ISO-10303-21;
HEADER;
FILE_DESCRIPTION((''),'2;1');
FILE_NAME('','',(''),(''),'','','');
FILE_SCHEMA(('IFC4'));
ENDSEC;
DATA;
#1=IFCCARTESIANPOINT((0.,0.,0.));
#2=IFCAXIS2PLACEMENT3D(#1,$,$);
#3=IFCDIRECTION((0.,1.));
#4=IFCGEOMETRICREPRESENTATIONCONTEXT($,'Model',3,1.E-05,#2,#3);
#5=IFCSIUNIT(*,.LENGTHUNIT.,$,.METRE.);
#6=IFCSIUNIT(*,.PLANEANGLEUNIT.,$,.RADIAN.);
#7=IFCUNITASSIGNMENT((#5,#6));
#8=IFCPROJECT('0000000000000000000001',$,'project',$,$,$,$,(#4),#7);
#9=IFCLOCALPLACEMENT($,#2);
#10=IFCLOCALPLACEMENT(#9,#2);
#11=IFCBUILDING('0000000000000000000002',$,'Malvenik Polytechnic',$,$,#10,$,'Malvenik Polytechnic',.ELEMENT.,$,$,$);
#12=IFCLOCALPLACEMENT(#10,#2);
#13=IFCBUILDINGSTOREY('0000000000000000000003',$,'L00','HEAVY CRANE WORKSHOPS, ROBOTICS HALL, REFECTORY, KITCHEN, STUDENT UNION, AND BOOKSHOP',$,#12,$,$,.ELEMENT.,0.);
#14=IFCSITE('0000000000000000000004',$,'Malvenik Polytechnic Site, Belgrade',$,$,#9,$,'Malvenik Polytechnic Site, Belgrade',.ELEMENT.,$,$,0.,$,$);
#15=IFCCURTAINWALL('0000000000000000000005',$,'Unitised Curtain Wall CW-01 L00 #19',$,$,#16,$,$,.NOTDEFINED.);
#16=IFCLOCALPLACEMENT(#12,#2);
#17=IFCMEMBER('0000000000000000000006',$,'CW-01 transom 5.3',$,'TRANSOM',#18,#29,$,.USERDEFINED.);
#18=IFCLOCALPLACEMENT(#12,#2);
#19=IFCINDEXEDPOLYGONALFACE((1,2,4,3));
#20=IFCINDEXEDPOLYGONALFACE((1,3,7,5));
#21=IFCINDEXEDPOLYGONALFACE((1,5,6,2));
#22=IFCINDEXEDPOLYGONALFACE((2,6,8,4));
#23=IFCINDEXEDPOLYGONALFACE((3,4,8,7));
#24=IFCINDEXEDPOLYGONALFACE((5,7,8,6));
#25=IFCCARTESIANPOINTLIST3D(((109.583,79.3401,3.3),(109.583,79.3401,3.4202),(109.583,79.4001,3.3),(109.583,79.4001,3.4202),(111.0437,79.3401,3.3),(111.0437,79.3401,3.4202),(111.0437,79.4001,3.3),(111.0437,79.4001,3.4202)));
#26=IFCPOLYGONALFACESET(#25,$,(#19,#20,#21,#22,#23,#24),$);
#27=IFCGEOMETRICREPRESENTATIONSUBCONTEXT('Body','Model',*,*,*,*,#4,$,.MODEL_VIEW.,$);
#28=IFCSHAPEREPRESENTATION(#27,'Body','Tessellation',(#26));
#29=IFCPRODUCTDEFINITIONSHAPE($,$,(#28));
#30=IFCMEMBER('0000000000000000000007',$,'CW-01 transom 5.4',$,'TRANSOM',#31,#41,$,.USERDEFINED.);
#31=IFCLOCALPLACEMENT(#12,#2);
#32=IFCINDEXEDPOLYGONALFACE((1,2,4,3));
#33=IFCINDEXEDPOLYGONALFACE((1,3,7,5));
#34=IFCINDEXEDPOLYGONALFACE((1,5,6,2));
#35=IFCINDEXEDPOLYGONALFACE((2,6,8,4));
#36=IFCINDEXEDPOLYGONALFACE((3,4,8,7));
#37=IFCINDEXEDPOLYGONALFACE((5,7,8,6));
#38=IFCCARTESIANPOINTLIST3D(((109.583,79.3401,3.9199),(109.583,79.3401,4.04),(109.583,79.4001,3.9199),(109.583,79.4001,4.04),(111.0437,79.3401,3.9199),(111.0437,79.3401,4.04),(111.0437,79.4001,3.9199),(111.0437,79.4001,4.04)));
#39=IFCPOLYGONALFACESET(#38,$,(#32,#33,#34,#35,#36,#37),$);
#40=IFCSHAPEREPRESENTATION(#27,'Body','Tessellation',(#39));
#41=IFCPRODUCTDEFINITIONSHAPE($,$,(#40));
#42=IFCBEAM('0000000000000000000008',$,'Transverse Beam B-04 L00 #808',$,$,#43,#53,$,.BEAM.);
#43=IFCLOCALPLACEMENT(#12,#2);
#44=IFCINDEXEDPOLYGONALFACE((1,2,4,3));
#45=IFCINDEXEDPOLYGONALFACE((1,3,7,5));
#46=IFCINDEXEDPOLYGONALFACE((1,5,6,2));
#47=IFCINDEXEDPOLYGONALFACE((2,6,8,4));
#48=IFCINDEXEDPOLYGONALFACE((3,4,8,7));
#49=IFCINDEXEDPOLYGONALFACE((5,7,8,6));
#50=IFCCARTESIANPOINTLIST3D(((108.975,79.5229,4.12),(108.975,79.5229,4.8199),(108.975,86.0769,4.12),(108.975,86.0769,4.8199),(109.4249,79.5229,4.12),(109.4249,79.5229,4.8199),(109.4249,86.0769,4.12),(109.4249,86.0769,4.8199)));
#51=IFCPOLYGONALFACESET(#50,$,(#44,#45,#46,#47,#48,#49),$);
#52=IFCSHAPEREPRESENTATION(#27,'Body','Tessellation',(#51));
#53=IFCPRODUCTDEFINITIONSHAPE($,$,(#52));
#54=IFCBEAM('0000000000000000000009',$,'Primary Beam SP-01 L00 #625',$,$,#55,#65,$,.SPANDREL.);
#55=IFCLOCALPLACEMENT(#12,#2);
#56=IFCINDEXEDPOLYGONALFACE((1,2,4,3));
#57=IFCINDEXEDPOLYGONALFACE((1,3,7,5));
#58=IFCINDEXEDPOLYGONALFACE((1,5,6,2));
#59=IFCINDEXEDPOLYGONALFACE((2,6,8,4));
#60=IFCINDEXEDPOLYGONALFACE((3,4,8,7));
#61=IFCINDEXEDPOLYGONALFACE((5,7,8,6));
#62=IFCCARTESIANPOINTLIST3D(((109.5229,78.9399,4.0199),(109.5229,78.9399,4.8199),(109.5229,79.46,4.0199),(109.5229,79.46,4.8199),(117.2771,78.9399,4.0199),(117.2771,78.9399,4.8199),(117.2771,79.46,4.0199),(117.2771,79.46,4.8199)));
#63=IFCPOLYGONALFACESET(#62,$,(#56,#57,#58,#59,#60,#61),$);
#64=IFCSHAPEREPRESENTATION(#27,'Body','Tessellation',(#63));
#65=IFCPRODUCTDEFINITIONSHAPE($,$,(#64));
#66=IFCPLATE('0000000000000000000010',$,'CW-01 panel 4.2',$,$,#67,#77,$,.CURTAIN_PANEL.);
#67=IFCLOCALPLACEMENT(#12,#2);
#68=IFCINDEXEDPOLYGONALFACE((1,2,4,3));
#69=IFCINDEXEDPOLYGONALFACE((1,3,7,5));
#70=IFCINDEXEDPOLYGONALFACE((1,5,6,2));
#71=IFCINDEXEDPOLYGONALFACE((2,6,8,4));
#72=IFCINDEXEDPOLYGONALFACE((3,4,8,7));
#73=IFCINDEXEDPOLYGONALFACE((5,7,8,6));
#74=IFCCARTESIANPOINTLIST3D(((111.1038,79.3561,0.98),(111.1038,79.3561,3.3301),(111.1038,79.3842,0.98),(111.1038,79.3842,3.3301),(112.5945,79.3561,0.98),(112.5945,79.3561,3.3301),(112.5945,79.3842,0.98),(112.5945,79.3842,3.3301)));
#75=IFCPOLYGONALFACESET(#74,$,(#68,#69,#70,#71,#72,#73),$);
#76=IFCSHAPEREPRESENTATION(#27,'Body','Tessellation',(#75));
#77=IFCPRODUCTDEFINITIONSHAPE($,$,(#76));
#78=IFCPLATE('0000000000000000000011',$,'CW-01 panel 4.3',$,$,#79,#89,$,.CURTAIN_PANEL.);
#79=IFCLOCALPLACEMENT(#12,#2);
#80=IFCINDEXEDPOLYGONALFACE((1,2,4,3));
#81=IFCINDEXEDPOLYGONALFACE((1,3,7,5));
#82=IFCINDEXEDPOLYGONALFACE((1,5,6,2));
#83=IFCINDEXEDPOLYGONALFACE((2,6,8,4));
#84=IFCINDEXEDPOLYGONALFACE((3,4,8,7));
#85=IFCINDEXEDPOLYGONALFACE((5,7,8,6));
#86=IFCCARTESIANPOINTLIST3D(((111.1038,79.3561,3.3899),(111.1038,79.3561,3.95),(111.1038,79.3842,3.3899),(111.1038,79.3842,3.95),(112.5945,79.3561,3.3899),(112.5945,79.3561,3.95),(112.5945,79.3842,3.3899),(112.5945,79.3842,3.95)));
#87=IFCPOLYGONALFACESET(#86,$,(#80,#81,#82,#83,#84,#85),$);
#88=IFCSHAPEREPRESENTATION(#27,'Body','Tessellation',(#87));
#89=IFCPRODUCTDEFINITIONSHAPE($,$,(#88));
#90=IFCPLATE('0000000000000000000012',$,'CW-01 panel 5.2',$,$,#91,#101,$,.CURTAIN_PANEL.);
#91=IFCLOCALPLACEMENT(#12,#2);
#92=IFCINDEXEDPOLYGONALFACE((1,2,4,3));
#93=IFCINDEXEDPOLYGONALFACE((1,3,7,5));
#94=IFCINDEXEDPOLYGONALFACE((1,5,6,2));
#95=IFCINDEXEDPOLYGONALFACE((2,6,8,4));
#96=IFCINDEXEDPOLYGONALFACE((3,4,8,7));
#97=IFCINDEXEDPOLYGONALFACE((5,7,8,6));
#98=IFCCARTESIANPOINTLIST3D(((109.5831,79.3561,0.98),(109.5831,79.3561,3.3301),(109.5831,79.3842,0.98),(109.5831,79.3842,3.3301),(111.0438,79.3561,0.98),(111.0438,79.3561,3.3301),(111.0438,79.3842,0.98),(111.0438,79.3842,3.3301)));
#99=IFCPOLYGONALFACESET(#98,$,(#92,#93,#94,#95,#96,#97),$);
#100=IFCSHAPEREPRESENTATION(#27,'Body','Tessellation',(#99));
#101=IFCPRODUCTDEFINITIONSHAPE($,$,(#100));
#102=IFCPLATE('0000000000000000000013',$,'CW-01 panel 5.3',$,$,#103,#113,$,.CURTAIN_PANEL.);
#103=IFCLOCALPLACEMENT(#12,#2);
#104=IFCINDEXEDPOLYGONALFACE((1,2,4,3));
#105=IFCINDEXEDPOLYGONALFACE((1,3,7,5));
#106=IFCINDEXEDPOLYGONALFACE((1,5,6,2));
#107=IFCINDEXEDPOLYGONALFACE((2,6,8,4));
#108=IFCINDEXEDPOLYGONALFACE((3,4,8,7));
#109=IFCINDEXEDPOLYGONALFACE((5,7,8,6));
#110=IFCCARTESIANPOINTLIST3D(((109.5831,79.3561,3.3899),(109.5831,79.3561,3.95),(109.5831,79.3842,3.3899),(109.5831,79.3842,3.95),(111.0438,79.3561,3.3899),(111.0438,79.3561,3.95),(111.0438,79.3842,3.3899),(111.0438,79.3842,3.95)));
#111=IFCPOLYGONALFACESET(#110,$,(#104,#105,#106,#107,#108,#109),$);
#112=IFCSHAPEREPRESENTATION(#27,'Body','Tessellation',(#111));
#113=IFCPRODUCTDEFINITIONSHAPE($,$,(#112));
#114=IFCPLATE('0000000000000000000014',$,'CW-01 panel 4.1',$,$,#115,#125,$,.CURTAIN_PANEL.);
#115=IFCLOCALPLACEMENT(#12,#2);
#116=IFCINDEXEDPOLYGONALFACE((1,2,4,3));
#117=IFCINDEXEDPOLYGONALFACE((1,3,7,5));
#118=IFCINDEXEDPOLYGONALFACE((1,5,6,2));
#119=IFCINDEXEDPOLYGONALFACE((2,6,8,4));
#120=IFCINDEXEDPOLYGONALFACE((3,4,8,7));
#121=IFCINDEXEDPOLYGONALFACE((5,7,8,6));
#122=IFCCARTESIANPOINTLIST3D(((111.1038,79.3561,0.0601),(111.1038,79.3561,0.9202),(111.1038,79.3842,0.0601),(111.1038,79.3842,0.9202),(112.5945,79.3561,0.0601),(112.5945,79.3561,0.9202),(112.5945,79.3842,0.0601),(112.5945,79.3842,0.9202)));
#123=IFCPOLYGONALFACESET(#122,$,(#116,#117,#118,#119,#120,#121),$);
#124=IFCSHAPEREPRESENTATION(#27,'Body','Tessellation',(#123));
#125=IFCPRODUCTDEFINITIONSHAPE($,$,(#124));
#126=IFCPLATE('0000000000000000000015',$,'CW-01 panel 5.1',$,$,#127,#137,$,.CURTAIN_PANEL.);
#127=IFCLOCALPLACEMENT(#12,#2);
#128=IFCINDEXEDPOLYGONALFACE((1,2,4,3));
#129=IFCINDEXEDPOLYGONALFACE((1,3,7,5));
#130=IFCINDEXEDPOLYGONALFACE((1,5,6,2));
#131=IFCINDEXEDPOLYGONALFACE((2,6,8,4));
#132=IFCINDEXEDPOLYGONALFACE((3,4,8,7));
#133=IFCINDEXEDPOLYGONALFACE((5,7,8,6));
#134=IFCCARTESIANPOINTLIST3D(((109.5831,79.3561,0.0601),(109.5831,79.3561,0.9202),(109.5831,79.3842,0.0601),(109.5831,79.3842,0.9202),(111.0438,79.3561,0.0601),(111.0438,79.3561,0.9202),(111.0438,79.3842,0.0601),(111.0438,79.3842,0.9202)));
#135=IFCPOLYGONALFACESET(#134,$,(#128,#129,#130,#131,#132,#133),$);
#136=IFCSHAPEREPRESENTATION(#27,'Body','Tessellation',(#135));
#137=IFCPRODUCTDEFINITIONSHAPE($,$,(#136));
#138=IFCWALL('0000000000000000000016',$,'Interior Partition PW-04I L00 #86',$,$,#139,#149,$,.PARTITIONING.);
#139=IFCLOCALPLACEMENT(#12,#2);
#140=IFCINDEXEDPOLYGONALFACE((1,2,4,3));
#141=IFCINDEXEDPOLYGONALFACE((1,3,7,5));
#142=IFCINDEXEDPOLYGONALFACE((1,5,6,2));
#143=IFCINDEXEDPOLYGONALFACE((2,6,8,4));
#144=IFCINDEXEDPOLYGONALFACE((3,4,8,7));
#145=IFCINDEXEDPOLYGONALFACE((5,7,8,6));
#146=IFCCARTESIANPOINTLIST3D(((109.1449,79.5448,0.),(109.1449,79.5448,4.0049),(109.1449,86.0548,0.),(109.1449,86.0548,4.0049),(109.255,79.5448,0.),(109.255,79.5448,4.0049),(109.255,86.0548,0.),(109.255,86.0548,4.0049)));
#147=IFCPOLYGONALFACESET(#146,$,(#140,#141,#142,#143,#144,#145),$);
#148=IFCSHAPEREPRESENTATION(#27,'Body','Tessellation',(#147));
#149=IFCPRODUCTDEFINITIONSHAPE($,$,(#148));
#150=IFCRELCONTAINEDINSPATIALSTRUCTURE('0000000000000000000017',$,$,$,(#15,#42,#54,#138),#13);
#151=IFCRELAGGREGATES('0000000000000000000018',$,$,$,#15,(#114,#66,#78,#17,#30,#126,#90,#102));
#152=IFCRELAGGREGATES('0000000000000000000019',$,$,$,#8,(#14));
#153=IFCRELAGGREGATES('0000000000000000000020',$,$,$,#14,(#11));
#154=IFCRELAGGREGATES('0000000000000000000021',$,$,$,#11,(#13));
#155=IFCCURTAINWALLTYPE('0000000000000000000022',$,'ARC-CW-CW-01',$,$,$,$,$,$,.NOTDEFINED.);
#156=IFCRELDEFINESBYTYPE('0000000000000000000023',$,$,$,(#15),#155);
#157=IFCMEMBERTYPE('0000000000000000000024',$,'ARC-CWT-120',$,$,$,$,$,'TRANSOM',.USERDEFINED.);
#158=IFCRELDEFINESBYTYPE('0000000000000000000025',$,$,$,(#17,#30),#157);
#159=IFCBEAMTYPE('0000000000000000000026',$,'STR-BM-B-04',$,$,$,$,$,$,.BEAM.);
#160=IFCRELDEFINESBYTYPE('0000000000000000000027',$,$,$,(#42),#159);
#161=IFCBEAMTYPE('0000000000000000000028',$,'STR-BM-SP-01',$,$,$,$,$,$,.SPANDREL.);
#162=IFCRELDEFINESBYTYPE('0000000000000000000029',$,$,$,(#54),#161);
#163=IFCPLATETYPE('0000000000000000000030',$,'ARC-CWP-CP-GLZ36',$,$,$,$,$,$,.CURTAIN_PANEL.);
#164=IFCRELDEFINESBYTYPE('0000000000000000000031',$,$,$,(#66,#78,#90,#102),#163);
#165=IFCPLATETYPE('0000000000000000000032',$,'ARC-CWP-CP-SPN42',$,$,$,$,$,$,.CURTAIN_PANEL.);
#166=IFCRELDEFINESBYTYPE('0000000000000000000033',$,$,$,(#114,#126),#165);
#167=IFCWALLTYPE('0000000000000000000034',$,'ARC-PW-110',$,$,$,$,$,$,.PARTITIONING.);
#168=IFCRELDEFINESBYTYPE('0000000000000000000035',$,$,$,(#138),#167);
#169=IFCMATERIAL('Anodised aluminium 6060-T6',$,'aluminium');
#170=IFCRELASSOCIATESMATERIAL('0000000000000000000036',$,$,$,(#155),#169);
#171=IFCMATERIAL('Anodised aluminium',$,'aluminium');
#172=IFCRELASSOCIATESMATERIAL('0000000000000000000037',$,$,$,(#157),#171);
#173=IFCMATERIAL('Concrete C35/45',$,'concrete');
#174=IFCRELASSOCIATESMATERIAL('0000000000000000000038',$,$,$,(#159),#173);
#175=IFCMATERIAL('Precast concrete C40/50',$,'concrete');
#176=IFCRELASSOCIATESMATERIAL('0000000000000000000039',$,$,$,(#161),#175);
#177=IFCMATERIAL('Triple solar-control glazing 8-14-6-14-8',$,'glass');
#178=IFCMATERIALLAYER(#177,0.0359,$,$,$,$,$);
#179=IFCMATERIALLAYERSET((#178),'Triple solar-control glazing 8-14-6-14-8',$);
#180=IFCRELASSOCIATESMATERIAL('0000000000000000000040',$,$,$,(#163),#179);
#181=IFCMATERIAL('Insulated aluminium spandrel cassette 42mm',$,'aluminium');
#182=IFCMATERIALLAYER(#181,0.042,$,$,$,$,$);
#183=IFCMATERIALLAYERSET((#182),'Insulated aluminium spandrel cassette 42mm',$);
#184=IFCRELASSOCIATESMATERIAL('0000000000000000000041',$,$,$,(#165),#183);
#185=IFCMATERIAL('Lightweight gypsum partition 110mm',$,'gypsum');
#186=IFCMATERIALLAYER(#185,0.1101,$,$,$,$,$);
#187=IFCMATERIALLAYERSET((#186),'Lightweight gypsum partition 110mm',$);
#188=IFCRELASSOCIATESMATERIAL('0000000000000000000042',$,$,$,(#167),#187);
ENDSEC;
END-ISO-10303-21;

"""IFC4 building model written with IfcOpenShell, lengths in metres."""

from ifc_helpers import new_model, si_unit, direction, frame, frame_2d, origin, origin_2d, place, context, subcontext, project, spatial, rectangle, extrude, material, layer, layer_set, material_profile, profile_set, type_object, element, aggregate, save


model = new_model("IFC4")

# Units and contexts
model_context = context("Model", 3, precision=1e-05, world=origin(), true_north=direction((0.0, 1.0)))
body_context = subcontext(model_context, "Body", "Model", "MODEL_VIEW")
ifc_project = project(units=[si_unit("LENGTHUNIT", "METRE"), si_unit("PLANEANGLEUNIT", "RADIAN")], contexts=[model_context])

# Site, building, storey
site_placement = place(None, origin())
site = spatial("IfcSite", under=ifc_project, at=site_placement, Name="Malvenik Polytechnic Site, Belgrade", LongName="Malvenik Polytechnic Site, Belgrade", CompositionType="ELEMENT", RefElevation=0.0)
building_placement = place(site_placement, origin())
building = spatial("IfcBuilding", under=site, at=building_placement, Name="Malvenik Polytechnic", LongName="Malvenik Polytechnic", CompositionType="ELEMENT")
storey_placement = place(building_placement, origin())
storey = spatial("IfcBuildingStorey", under=building, at=storey_placement, Name="L00", Description="HEAVY CRANE WORKSHOPS, ROBOTICS HALL, REFECTORY, KITCHEN, STUDENT UNION, AND BOOKSHOP", CompositionType="ELEMENT", Elevation=0.0)

# Curtain wall, members
ifc_material_1 = material(Name="Anodised aluminium 6060-T6", Category="aluminium")
curtain_wall_type = type_object("IfcCurtainWallType", Name="ARC-CW-CW-01", PredefinedType="NOTDEFINED", material=ifc_material_1)
curtain_wall_placement = place(storey_placement, origin())
curtain_wall = element("IfcCurtainWall", 1, at=curtain_wall_placement, inside=storey, type_object=curtain_wall_type, Name="Unitised Curtain Wall CW-01 L00 #19", PredefinedType="NOTDEFINED")
ifc_material_2 = material(Name="Anodised aluminium", Category="aluminium")
ifc_material_profile_1 = material_profile(ifc_material_2, rectangle(XDim=0.0601, YDim=0.1201, at=origin_2d()), Name="ALU TRANSOM 60x120")
ifc_profile_set_1 = profile_set([ifc_material_profile_1], Name="Anodised aluminium")
member_type_1 = type_object("IfcMemberType", Name="ARC-CWT-120", ElementType="TRANSOM", PredefinedType="USERDEFINED", material=ifc_profile_set_1)
member_1_placement = place(storey_placement, frame((111.0437, 79.3701, 3.3601), z_axis=(-1.0, 0.0, 0.0), x_axis=(0.0, -1.0, 0.0)))
member_1 = element("IfcMember", 2, at=member_1_placement, type_object=member_type_1, Name="CW-01 transom 5.3", ObjectType="TRANSOM", PredefinedType="USERDEFINED", context=body_context, shape_type="SweptSolid", body=[
    extrude(rectangle(XDim=0.0601, YDim=0.1201, at=origin_2d()), origin(), (0.0, 0.0, 1.0), 1.4607),
])
member_2_placement = place(storey_placement, frame((111.0437, 79.3701, 3.98), z_axis=(-1.0, 0.0, 0.0), x_axis=(0.0, -1.0, 0.0)))
member_2 = element("IfcMember", 3, at=member_2_placement, type_object=member_type_1, Name="CW-01 transom 5.4", ObjectType="TRANSOM", PredefinedType="USERDEFINED", context=body_context, shape_type="SweptSolid", body=[
    extrude(rectangle(XDim=0.0601, YDim=0.1201, at=origin_2d()), origin(), (0.0, 0.0, 1.0), 1.4607),
])

# Beams
ifc_material_3 = material(Name="Concrete C35/45", Category="concrete")
ifc_material_profile_2 = material_profile(ifc_material_3, rectangle(XDim=0.45, YDim=0.7, at=origin_2d()), Name="RC BM 450x700")
ifc_profile_set_2 = profile_set([ifc_material_profile_2], Name="Concrete C35/45")
beam_type_1 = type_object("IfcBeamType", Name="STR-BM-B-04", PredefinedType="BEAM", material=ifc_profile_set_2)
beam_1_placement = place(storey_placement, frame((109.2, 79.5229, 4.47), z_axis=(0.0, 1.0, 0.0), x_axis=(-1.0, 0.0, 0.0)))
element("IfcBeam", 4, at=beam_1_placement, inside=storey, type_object=beam_type_1, Name="Transverse Beam B-04 L00 #808", PredefinedType="BEAM", context=body_context, shape_type="SweptSolid", body=[
    extrude(rectangle(XDim=0.45, YDim=0.7, at=origin_2d()), origin(), (0.0, 0.0, 1.0), 6.554),
])
ifc_material_4 = material(Name="Precast concrete C40/50", Category="concrete")
ifc_material_profile_3 = material_profile(ifc_material_4, rectangle(XDim=0.52, YDim=0.8, at=origin_2d()), Name="PC SPN 520x800")
ifc_profile_set_3 = profile_set([ifc_material_profile_3], Name="Precast concrete C40/50")
beam_type_2 = type_object("IfcBeamType", Name="STR-BM-SP-01", PredefinedType="SPANDREL", material=ifc_profile_set_3)
beam_2_placement = place(storey_placement, frame((109.5229, 79.2, 4.4199), z_axis=(1.0, 0.0, 0.0), x_axis=(0.0, 1.0, 0.0)))
element("IfcBeam", 5, at=beam_2_placement, inside=storey, type_object=beam_type_2, Name="Primary Beam SP-01 L00 #625", PredefinedType="SPANDREL", context=body_context, shape_type="SweptSolid", body=[
    extrude(rectangle(XDim=0.52, YDim=0.8, at=origin_2d()), origin(), (0.0, 0.0, 1.0), 7.7542),
])

# Plates
ifc_material_5 = material(Name="Triple solar-control glazing 8-14-6-14-8", Category="glass")
ifc_layer_1 = layer(ifc_material_5, 0.0359)
ifc_layer_set_1 = layer_set([ifc_layer_1], Name="Triple solar-control glazing 8-14-6-14-8")
plate_type_1 = type_object("IfcPlateType", Name="ARC-CWP-CP-GLZ36", PredefinedType="CURTAIN_PANEL", material=ifc_layer_set_1)
plate_1_placement = place(storey_placement, frame((111.8491, 79.3701, 0.98), z_axis=(0.0, 0.0, 1.0), x_axis=(-1.0, 0.0, 0.0)))
plate_1 = element("IfcPlate", 6, at=plate_1_placement, type_object=plate_type_1, Name="CW-01 panel 4.2", PredefinedType="CURTAIN_PANEL", context=body_context, shape_type="SweptSolid", body=[
    extrude(rectangle(XDim=1.4907, YDim=0.0281, at=origin_2d()), origin(), (0.0, 0.0, 1.0), 2.3501),
])
plate_2_placement = place(storey_placement, frame((111.8491, 79.3701, 3.3899), z_axis=(0.0, 0.0, 1.0), x_axis=(-1.0, 0.0, 0.0)))
plate_2 = element("IfcPlate", 7, at=plate_2_placement, type_object=plate_type_1, Name="CW-01 panel 4.3", PredefinedType="CURTAIN_PANEL", context=body_context, shape_type="SweptSolid", body=[
    extrude(rectangle(XDim=1.4907, YDim=0.0281, at=origin_2d()), origin(), (0.0, 0.0, 1.0), 0.5601),
])
plate_3_placement = place(storey_placement, frame((110.3135, 79.3701, 0.98), z_axis=(0.0, 0.0, 1.0), x_axis=(-1.0, 0.0, 0.0)))
plate_3 = element("IfcPlate", 8, at=plate_3_placement, type_object=plate_type_1, Name="CW-01 panel 5.2", PredefinedType="CURTAIN_PANEL", context=body_context, shape_type="SweptSolid", body=[
    extrude(rectangle(XDim=1.4607, YDim=0.0281, at=origin_2d()), origin(), (0.0, 0.0, 1.0), 2.3501),
])
plate_4_placement = place(storey_placement, frame((110.3135, 79.3701, 3.3899), z_axis=(0.0, 0.0, 1.0), x_axis=(-1.0, 0.0, 0.0)))
plate_4 = element("IfcPlate", 9, at=plate_4_placement, type_object=plate_type_1, Name="CW-01 panel 5.3", PredefinedType="CURTAIN_PANEL", context=body_context, shape_type="SweptSolid", body=[
    extrude(rectangle(XDim=1.4607, YDim=0.0281, at=origin_2d()), origin(), (0.0, 0.0, 1.0), 0.5601),
])
ifc_material_6 = material(Name="Insulated aluminium spandrel cassette 42mm", Category="aluminium")
ifc_layer_2 = layer(ifc_material_6, 0.042)
ifc_layer_set_2 = layer_set([ifc_layer_2], Name="Insulated aluminium spandrel cassette 42mm")
plate_type_2 = type_object("IfcPlateType", Name="ARC-CWP-CP-SPN42", PredefinedType="CURTAIN_PANEL", material=ifc_layer_set_2)
plate_5_placement = place(storey_placement, frame((111.8491, 79.3701, 0.0601), z_axis=(0.0, 0.0, 1.0), x_axis=(-1.0, 0.0, 0.0)))
plate_5 = element("IfcPlate", 10, at=plate_5_placement, type_object=plate_type_2, Name="CW-01 panel 4.1", PredefinedType="CURTAIN_PANEL", context=body_context, shape_type="SweptSolid", body=[
    extrude(rectangle(XDim=1.4907, YDim=0.0281, at=origin_2d()), origin(), (0.0, 0.0, 1.0), 0.8601),
])
plate_6_placement = place(storey_placement, frame((110.3135, 79.3701, 0.0601), z_axis=(0.0, 0.0, 1.0), x_axis=(-1.0, 0.0, 0.0)))
plate_6 = element("IfcPlate", 11, at=plate_6_placement, type_object=plate_type_2, Name="CW-01 panel 5.1", PredefinedType="CURTAIN_PANEL", context=body_context, shape_type="SweptSolid", body=[
    extrude(rectangle(XDim=1.4607, YDim=0.0281, at=origin_2d()), origin(), (0.0, 0.0, 1.0), 0.8601),
])
aggregate(curtain_wall, [plate_5, plate_1, plate_2, member_1, member_2, plate_6, plate_3, plate_4])

# Wall
ifc_material_7 = material(Name="Lightweight gypsum partition 110mm", Category="gypsum")
ifc_layer_3 = layer(ifc_material_7, 0.1101)
ifc_layer_set_3 = layer_set([ifc_layer_3], Name="Lightweight gypsum partition 110mm")
wall_type = type_object("IfcWallType", Name="ARC-PW-110", PredefinedType="PARTITIONING", material=ifc_layer_set_3)
wall_placement = place(storey_placement, frame((109.2, 79.5449, 0.0), z_axis=(0.0, 0.0, 1.0), x_axis=(0.0, 1.0, 0.0)))
element("IfcWall", 12, at=wall_placement, inside=storey, type_object=wall_type, Name="Interior Partition PW-04I L00 #86", PredefinedType="PARTITIONING", context=body_context, shape_type="SweptSolid", body=[
    extrude(rectangle(XDim=6.51, YDim=0.1101, at=frame_2d((3.2549, 0.0))), origin(), (0.0, 0.0, 1.0), 4.0049),
])

save(model, "model.ifc")
